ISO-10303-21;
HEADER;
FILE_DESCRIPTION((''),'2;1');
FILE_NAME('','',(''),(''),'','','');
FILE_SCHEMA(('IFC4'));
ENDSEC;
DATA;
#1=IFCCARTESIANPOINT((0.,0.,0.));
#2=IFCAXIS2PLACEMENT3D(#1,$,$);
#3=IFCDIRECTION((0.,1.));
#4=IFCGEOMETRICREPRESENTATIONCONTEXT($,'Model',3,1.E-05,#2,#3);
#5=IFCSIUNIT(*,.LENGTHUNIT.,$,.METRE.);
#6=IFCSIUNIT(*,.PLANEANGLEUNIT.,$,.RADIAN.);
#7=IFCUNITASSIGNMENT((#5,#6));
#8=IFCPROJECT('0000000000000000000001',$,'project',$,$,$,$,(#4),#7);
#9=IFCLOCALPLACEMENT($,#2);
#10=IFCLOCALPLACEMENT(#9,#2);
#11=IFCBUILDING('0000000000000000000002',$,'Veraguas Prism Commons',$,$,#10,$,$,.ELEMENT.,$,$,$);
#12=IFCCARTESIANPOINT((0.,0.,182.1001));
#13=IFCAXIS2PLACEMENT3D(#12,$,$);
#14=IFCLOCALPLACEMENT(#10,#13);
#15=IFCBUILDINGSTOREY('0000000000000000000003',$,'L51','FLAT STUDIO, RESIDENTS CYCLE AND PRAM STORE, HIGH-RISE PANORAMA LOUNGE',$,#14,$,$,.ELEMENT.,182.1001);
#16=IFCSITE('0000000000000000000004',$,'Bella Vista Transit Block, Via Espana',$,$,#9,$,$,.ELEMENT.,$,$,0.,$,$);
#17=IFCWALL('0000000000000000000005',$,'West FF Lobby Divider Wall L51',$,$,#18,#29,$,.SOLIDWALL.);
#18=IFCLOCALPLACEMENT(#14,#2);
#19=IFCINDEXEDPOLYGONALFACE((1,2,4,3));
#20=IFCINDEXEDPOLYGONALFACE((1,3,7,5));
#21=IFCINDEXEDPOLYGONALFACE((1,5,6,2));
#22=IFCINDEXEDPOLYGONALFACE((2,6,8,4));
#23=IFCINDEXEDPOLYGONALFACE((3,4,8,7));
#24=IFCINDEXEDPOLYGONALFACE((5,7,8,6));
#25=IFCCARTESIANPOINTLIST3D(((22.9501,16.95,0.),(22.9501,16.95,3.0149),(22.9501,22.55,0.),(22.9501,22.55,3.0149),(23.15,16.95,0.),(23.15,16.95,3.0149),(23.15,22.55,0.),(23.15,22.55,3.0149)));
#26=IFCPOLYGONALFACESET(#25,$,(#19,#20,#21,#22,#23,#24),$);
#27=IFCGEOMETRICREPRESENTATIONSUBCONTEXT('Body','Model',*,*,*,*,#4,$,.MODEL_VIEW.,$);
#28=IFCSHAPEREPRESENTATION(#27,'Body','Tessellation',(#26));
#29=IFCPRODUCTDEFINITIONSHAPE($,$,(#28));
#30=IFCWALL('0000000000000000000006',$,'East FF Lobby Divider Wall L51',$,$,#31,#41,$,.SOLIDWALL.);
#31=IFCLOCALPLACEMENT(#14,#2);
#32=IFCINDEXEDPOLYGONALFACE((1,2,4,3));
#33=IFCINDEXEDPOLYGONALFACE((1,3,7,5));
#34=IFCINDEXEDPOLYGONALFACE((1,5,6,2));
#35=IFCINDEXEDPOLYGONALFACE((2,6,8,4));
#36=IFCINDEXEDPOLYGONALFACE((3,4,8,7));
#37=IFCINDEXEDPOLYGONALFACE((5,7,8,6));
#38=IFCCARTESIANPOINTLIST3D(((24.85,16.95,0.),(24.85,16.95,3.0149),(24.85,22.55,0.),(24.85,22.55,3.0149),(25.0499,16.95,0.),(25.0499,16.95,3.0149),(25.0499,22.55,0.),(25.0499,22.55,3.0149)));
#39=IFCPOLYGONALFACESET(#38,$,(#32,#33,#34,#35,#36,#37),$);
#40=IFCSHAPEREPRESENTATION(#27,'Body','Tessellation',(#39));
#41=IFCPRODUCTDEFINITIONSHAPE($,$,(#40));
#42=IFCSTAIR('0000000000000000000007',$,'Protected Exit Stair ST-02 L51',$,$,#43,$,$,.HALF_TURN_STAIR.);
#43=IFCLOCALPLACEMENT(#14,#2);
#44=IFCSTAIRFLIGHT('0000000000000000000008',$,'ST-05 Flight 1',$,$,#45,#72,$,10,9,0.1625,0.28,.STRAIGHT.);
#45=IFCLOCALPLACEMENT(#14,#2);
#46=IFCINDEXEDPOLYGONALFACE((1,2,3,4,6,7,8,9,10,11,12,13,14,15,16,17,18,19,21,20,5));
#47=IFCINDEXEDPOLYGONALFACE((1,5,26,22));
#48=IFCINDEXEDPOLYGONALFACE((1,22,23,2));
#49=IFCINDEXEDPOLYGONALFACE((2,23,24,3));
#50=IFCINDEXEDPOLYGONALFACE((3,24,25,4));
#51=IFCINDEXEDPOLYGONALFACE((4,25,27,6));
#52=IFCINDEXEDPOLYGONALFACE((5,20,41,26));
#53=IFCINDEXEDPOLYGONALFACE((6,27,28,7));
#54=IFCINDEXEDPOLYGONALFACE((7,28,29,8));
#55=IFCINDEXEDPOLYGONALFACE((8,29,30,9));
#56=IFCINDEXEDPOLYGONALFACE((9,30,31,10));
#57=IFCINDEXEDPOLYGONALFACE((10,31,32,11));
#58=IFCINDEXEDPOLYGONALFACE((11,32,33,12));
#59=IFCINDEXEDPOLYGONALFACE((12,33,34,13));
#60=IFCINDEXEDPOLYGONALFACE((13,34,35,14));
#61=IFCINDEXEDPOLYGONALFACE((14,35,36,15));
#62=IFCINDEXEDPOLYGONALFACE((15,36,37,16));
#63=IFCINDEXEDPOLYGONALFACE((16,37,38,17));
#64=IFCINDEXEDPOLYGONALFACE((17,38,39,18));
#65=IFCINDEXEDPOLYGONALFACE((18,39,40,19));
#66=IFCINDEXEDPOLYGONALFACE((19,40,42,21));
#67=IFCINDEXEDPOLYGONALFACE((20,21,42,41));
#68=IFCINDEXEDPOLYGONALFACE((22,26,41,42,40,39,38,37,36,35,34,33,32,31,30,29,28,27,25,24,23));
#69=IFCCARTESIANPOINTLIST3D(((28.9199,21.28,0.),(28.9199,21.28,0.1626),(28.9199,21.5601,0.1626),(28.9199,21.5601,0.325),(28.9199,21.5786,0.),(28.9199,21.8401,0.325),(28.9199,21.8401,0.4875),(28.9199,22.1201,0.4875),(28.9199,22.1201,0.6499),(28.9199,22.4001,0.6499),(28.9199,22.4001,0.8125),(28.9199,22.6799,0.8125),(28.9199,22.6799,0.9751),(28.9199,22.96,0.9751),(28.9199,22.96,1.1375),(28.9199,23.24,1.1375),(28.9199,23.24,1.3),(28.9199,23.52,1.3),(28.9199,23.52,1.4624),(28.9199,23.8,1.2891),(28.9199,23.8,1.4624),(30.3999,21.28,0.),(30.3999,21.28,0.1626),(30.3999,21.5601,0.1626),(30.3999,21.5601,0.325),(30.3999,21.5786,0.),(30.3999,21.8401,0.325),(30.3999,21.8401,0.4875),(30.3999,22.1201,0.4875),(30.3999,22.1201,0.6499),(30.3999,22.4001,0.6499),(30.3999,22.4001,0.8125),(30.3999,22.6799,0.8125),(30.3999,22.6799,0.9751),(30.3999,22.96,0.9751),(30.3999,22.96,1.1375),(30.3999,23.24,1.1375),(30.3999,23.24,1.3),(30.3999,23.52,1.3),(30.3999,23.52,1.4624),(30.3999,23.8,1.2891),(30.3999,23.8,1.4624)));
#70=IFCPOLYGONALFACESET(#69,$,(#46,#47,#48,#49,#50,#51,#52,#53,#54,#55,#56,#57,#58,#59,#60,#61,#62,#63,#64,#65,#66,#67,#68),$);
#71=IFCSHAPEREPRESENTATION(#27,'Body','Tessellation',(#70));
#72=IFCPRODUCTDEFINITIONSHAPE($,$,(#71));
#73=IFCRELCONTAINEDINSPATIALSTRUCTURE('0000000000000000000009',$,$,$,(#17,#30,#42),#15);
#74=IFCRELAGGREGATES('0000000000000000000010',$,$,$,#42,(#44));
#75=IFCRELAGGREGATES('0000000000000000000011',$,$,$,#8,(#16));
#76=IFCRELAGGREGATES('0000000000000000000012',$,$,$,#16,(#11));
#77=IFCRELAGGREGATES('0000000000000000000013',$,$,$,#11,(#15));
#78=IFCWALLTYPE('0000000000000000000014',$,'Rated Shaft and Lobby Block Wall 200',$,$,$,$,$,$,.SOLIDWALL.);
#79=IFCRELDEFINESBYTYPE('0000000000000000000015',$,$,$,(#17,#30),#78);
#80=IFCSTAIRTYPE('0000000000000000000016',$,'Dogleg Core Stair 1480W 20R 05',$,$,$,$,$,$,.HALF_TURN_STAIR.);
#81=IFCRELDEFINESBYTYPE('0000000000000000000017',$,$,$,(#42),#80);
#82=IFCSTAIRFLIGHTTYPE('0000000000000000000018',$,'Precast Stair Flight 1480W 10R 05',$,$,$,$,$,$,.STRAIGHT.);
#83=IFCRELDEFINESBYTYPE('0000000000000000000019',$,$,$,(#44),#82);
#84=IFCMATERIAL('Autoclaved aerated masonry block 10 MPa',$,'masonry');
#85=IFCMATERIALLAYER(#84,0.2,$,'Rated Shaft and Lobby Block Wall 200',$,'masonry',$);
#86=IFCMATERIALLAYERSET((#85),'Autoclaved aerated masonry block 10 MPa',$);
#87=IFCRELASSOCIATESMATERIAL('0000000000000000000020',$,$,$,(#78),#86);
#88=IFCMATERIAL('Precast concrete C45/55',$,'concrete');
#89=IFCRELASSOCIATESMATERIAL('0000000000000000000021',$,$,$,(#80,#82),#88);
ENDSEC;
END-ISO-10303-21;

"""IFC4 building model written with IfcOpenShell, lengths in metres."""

from ifc_helpers import new_model, si_unit, direction, frame, frame_2d, origin, place, context, subcontext, project, spatial, polyline, rectangle, outline, extrude, material, layer, layer_set, type_object, element, aggregate, save


model = new_model("IFC4")

# Units and contexts
model_context = context("Model", 3, precision=1e-05, world=origin(), true_north=direction((0.0, 1.0)))
body_context = subcontext(model_context, "Body", "Model", "MODEL_VIEW")
ifc_project = project(units=[si_unit("LENGTHUNIT", "METRE"), si_unit("PLANEANGLEUNIT", "RADIAN")], contexts=[model_context])

# Site, building, storey
site_placement = place(None, origin())
site = spatial("IfcSite", under=ifc_project, at=site_placement, Name="Bella Vista Transit Block, Via Espana", CompositionType="ELEMENT", RefElevation=0.0)
building_placement = place(site_placement, origin())
building = spatial("IfcBuilding", under=site, at=building_placement, Name="Veraguas Prism Commons", CompositionType="ELEMENT")
storey_placement = place(building_placement, frame((0.0, 0.0, 182.1001)))
storey = spatial("IfcBuildingStorey", under=building, at=storey_placement, Name="L51", Description="FLAT STUDIO, RESIDENTS CYCLE AND PRAM STORE, HIGH-RISE PANORAMA LOUNGE", CompositionType="ELEMENT", Elevation=182.1001)

# Shared definitions
ifc_material_1 = material(Name="Autoclaved aerated masonry block 10 MPa", Category="masonry")

# Shared definitions
ifc_layer_1 = layer(ifc_material_1, 0.2, Name="Rated Shaft and Lobby Block Wall 200", Category="masonry")
ifc_layer_set_1 = layer_set([ifc_layer_1], Name="Autoclaved aerated masonry block 10 MPa")
wall_type_1 = type_object("IfcWallType", Name="Rated Shaft and Lobby Block Wall 200", PredefinedType="SOLIDWALL", material=ifc_layer_set_1)

# Walls
for number, where, z_axis, x_axis, name in (
    (1, (23.05, 16.95, 0.0), (0.0, 0.0, 1.0), (0.0, 1.0, 0.0), "West FF Lobby Divider Wall L51"),
    (2, (24.95, 16.95, 0.0), (0.0, 0.0, 1.0), (0.0, 1.0, 0.0), "East FF Lobby Divider Wall L51"),
):
    element("IfcWall", number, at=place(storey_placement, frame(where, z_axis=z_axis, x_axis=x_axis)), inside=storey, type_object=wall_type_1, Name=name, PredefinedType="SOLIDWALL", context=body_context, shape_type="SweptSolid", body=[
        extrude(rectangle(XDim=5.6001, YDim=0.2, at=frame_2d((2.8, 0.0))), origin(), (0.0, 0.0, 1.0), 3.0149),
    ])

# Stair, stair flight
ifc_material_2 = material(Name="Precast concrete C45/55", Category="concrete")
stair_type = type_object("IfcStairType", Name="Dogleg Core Stair 1480W 20R 05", PredefinedType="HALF_TURN_STAIR", material=ifc_material_2)
stair_placement = place(storey_placement, origin())
stair = element("IfcStair", 3, at=stair_placement, inside=storey, type_object=stair_type, Name="Protected Exit Stair ST-02 L51", PredefinedType="HALF_TURN_STAIR")
stair_flight_type = type_object("IfcStairFlightType", Name="Precast Stair Flight 1480W 10R 05", PredefinedType="STRAIGHT", material=ifc_material_2)
stair_flight_placement = place(storey_placement, frame((29.6599, 21.28, 0.0), z_axis=(0.0, 0.0, 1.0), x_axis=(0.0, 1.0, 0.0)))
stair_flight = element("IfcStairFlight", 4, at=stair_flight_placement, type_object=stair_flight_type, Name="ST-05 Flight 1", NumberOfRisers=10, NumberOfTreads=9, PredefinedType="STRAIGHT", RiserHeight=0.1625, TreadLength=0.28, context=body_context, shape_type="SweptSolid", body=[
    extrude(outline(polyline([(0.0, 0.0), (0.0, 0.1626), (0.28, 0.1626), (0.28, 0.325), (0.5601, 0.325), (0.5601, 0.4875), (0.8401, 0.4875), (0.8401, 0.6499), (1.1201, 0.6499), (1.1201, 0.8125), (1.3999, 0.8125), (1.3999, 0.9751), (1.6799, 0.9751), (1.6799, 1.1375), (1.96, 1.1375), (1.96, 1.3), (2.24, 1.3), (2.24, 1.4624), (2.52, 1.4624), (2.52, 1.625), (2.52, 1.2891), (0.2986, 0.0), (0.0, 0.0)])), frame((0.0, 0.74, 0.0), z_axis=(0.0, -1.0, 0.0), x_axis=(1.0, 0.0, 0.0)), (0.0, 0.0, 1.0), 1.48),
])
aggregate(stair, [stair_flight])

save(model, "model.ifc")
